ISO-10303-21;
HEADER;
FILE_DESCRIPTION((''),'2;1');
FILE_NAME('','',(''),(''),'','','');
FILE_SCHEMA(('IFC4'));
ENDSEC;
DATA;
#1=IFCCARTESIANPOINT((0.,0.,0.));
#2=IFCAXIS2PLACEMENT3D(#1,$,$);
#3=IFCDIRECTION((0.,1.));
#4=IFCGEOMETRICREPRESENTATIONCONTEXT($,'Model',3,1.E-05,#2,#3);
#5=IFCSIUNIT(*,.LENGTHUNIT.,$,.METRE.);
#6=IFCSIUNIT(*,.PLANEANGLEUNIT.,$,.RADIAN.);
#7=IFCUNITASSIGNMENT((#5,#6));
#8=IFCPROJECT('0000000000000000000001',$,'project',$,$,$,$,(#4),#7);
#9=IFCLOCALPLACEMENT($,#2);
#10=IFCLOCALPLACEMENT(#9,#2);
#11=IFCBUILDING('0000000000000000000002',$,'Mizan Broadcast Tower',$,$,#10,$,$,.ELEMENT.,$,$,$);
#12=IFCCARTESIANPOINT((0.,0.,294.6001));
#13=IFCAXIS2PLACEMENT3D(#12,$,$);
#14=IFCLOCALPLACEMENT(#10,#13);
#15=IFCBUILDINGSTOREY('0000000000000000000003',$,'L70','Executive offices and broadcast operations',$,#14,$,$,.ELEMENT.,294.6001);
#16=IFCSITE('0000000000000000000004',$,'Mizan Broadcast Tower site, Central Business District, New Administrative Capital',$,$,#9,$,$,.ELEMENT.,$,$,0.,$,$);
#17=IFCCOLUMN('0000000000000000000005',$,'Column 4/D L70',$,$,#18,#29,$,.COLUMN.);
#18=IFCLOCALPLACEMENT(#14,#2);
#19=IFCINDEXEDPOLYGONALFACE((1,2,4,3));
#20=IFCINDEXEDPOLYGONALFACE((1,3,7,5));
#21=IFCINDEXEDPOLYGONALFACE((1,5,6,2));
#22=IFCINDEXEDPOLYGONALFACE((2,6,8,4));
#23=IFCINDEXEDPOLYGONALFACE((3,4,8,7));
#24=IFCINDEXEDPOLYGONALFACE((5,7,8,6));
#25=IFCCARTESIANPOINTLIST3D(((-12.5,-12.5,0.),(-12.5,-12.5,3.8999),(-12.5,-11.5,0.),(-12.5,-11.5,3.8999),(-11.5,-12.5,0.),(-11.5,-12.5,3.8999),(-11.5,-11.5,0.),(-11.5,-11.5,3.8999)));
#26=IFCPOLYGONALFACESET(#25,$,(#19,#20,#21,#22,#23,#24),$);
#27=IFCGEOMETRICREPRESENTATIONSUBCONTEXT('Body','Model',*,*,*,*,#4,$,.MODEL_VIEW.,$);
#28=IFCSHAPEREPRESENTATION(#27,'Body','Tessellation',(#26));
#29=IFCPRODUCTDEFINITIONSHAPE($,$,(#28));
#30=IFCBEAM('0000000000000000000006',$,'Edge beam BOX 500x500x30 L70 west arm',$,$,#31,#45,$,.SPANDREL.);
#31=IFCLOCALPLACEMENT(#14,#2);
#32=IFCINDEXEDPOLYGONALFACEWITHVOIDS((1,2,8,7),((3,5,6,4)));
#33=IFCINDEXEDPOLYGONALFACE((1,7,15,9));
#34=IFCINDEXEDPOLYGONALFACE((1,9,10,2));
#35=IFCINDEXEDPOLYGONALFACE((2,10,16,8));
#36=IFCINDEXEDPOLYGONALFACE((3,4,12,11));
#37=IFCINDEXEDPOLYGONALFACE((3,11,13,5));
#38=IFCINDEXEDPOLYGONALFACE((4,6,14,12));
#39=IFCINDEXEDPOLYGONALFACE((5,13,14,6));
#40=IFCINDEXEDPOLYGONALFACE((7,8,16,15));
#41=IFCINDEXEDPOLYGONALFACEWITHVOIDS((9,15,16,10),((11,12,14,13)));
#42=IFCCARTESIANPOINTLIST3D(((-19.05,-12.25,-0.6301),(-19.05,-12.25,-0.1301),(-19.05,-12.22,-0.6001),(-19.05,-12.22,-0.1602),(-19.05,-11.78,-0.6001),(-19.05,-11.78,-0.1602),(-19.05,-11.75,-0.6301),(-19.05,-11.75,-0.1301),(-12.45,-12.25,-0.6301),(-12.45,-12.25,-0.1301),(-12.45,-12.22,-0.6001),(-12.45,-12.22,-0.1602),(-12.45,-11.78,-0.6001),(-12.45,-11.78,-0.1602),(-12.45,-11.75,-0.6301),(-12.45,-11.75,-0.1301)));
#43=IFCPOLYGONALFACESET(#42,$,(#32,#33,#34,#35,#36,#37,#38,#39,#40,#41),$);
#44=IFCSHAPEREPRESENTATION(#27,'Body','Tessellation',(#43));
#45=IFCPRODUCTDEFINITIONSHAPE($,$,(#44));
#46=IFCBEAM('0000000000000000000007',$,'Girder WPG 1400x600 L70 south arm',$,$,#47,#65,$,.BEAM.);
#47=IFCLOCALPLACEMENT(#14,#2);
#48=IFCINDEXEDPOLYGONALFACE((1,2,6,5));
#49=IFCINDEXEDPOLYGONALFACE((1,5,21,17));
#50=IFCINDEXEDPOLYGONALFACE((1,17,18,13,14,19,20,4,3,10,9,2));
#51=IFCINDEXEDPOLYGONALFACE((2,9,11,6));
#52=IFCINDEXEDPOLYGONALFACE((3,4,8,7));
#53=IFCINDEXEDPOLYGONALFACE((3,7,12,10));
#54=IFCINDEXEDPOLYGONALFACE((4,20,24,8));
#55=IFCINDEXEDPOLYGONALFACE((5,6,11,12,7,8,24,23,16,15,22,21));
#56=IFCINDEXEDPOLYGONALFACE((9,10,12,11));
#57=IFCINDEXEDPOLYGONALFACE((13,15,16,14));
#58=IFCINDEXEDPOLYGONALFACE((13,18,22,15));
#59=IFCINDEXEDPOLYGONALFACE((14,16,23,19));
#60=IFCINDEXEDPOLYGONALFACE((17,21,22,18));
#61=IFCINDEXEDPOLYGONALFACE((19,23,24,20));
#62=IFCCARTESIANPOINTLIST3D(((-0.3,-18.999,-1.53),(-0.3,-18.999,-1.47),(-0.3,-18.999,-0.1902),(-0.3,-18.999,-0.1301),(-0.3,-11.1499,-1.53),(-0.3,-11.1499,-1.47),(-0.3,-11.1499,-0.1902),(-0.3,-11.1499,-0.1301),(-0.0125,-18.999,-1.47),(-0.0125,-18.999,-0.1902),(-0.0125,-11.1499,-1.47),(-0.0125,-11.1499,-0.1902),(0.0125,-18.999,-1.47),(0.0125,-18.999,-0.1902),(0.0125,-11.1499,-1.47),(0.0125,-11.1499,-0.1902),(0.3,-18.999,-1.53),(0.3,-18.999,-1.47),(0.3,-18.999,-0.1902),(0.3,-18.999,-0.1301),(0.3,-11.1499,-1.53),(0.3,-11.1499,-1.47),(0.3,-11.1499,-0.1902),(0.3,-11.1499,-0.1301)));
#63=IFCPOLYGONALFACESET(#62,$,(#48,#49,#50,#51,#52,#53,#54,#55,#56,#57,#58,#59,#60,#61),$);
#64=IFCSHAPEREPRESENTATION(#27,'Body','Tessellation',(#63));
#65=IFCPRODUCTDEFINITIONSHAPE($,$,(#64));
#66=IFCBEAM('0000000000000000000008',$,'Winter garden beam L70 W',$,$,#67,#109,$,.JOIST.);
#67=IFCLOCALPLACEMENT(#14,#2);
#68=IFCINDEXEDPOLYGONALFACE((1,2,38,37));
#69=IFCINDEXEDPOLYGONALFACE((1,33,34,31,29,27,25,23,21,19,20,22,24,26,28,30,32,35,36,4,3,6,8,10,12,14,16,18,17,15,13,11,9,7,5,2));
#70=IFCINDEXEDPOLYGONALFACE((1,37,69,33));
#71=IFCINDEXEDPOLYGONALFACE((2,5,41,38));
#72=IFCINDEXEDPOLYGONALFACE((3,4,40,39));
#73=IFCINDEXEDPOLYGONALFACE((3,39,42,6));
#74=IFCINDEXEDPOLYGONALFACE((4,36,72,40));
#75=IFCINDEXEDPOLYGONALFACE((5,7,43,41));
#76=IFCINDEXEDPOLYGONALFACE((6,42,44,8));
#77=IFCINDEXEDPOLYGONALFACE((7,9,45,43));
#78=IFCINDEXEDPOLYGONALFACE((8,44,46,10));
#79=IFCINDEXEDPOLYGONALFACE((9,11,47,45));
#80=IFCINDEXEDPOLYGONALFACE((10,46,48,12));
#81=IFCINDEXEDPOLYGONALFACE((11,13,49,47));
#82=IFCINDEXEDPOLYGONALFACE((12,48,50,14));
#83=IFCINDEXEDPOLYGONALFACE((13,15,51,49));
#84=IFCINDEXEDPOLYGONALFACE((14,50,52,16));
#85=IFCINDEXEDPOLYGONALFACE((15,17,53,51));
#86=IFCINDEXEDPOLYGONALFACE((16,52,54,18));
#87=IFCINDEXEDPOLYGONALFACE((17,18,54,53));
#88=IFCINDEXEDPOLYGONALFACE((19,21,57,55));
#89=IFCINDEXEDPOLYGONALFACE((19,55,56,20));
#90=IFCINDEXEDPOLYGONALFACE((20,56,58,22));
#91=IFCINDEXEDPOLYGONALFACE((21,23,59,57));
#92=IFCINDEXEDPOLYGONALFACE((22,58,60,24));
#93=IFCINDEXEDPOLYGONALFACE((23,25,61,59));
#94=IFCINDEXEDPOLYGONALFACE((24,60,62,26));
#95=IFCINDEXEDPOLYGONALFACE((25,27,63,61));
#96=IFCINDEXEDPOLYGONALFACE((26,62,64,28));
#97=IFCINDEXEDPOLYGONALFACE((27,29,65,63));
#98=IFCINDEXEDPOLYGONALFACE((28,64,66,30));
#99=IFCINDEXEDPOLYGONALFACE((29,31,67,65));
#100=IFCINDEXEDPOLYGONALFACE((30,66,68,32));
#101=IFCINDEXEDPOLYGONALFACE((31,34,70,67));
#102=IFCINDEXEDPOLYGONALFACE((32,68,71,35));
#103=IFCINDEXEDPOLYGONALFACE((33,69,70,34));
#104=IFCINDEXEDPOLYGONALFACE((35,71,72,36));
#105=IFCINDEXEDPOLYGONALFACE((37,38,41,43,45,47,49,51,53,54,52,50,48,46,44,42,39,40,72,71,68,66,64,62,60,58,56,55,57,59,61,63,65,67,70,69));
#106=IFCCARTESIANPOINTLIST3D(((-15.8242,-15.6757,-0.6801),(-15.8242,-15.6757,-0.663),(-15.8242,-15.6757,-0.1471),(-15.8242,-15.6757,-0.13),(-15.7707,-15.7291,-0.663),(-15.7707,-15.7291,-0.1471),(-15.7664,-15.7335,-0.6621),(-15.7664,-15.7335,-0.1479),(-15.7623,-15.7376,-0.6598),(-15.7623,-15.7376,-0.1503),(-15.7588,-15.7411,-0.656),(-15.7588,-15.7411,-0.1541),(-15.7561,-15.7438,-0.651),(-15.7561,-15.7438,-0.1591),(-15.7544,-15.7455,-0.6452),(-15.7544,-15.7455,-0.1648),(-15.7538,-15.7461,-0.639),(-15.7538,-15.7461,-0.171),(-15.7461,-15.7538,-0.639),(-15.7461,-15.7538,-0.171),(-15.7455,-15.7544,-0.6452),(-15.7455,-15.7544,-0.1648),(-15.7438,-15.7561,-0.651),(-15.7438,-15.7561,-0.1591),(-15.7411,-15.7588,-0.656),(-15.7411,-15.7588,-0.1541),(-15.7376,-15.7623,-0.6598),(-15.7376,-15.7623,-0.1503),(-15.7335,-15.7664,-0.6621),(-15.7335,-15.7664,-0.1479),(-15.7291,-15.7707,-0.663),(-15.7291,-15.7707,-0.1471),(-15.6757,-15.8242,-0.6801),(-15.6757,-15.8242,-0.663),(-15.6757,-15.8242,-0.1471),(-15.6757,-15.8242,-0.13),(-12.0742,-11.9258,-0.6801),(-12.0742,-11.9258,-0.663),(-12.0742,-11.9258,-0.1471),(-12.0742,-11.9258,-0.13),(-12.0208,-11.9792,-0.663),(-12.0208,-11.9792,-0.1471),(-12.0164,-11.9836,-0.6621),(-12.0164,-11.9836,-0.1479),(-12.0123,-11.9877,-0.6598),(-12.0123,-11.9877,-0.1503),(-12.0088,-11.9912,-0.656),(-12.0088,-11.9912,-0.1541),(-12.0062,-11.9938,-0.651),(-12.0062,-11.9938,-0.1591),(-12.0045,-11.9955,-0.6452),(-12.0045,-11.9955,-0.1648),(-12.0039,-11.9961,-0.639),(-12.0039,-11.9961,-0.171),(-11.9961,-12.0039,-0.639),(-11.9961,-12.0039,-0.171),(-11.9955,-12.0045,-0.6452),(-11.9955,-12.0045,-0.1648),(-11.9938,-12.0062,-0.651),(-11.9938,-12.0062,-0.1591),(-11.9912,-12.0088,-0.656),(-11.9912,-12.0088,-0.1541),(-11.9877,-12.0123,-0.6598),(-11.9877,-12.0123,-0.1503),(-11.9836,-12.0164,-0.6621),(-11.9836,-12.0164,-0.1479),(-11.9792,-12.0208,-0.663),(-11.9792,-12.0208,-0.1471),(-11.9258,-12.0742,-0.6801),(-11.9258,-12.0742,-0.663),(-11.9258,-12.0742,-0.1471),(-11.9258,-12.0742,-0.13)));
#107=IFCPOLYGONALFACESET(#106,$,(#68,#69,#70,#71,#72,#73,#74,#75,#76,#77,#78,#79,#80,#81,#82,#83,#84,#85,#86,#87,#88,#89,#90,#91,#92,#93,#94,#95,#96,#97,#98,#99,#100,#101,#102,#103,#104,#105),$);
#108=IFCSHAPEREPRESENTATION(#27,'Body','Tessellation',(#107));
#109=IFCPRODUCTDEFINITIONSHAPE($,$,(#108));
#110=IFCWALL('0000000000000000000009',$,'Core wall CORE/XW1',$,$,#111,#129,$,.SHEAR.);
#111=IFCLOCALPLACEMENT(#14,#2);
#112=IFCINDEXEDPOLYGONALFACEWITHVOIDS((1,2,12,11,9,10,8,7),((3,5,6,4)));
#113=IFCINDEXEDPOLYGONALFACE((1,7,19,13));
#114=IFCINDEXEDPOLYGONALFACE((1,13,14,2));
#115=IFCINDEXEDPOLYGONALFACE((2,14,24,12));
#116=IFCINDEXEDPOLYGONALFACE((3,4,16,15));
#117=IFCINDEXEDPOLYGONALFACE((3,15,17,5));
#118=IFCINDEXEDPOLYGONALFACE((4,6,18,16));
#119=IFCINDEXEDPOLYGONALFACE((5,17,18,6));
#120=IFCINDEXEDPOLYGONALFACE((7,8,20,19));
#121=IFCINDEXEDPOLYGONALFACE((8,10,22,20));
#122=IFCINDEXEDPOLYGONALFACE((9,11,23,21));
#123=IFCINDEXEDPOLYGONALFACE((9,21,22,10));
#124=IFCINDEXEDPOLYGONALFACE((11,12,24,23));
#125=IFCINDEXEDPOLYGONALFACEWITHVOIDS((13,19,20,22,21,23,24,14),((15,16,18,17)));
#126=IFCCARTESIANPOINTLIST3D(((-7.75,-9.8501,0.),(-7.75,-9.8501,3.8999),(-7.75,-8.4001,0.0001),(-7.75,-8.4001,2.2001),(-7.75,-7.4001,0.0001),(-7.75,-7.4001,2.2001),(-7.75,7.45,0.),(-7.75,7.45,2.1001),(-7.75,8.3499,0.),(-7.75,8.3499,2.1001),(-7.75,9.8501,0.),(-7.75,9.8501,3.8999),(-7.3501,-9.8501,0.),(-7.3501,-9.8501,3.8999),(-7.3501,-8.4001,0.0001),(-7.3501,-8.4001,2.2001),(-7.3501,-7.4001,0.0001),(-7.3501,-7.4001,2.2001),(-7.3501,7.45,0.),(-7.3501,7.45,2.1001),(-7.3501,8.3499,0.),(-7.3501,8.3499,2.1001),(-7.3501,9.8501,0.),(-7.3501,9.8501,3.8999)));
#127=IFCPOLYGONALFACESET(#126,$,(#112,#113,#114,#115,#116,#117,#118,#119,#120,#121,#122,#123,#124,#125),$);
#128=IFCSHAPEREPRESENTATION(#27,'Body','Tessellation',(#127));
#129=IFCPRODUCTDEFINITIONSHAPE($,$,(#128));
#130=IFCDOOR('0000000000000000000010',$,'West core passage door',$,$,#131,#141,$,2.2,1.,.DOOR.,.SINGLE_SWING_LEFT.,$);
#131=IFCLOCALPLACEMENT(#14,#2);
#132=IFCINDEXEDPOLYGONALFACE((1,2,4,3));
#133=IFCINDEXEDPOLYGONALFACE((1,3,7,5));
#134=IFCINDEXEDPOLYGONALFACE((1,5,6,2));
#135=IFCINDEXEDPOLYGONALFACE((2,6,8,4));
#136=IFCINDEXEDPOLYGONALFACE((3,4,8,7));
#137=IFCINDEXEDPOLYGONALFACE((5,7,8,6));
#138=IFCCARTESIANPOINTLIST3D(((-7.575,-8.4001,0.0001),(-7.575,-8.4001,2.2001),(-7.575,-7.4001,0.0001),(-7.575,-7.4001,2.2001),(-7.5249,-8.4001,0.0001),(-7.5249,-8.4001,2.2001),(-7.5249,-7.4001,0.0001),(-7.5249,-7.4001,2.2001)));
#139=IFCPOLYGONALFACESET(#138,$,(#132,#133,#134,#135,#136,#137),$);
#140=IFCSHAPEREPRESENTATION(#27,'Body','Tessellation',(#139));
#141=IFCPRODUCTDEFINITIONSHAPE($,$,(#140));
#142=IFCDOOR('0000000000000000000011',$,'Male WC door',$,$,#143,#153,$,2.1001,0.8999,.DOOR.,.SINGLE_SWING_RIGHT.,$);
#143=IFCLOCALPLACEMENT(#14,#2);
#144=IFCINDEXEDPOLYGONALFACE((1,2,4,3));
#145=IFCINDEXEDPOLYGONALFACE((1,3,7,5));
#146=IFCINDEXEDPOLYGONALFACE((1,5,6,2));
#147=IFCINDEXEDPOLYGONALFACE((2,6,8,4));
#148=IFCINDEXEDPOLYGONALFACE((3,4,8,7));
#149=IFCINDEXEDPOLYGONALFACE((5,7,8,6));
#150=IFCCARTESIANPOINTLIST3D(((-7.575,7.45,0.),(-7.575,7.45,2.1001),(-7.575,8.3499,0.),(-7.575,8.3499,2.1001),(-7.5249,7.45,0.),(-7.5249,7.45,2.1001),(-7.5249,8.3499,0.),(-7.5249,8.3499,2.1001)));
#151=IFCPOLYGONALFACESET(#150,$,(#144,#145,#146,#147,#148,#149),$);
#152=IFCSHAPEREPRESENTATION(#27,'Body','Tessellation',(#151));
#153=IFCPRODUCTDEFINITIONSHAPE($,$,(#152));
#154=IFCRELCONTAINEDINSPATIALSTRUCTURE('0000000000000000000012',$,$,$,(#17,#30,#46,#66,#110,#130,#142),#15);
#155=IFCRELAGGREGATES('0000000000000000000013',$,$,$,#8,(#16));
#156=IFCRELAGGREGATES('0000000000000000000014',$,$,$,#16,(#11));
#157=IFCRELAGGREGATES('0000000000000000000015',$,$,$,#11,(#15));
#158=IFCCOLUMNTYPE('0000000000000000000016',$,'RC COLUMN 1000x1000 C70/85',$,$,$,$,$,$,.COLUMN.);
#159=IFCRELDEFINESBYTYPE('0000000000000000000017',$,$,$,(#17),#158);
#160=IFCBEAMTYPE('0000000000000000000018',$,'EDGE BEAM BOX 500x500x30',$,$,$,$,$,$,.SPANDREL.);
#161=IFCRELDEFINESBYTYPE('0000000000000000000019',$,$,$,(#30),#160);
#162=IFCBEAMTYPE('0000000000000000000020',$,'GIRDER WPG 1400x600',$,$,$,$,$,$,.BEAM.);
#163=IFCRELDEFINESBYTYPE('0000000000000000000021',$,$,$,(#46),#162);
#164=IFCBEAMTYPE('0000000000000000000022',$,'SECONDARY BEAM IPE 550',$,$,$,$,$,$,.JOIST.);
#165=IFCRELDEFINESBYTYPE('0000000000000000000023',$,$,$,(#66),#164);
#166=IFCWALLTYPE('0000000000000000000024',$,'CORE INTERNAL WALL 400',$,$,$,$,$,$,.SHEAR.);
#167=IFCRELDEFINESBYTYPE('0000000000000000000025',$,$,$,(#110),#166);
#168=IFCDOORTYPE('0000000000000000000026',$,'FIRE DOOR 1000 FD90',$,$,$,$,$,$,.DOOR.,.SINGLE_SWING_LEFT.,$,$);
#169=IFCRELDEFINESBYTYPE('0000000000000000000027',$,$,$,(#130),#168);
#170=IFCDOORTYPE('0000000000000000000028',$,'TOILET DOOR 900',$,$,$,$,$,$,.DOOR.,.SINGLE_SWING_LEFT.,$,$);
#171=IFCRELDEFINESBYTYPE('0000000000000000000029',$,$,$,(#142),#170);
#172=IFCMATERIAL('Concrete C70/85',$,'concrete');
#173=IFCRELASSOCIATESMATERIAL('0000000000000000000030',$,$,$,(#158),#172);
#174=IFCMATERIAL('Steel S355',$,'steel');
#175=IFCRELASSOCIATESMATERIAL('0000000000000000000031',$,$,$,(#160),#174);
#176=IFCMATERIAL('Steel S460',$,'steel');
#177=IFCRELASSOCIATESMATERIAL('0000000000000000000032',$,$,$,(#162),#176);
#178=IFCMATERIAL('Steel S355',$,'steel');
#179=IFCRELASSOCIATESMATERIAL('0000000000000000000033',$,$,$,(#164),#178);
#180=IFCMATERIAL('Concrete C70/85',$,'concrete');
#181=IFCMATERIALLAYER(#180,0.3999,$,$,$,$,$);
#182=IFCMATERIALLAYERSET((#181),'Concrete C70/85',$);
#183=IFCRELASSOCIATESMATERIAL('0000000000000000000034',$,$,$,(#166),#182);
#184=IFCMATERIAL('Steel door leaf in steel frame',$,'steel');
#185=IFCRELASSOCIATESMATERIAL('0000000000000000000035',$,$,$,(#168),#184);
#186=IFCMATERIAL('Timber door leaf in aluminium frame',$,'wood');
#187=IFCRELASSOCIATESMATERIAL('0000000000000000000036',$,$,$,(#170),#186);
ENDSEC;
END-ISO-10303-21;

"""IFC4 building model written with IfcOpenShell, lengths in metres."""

from ifc_helpers import new_model, si_unit, direction, frame, frame_2d, origin, origin_2d, place, context, subcontext, project, spatial, rectangle, hollow_rectangle, i_section, extrude, material, layer, layer_set, material_profile, profile_set, type_object, element, fill, save


model = new_model("IFC4")

# Units and contexts
model_context = context("Model", 3, precision=1e-05, world=origin(), true_north=direction((0.0, 1.0)))
body_context = subcontext(model_context, "Body", "Model", "MODEL_VIEW")
ifc_project = project(units=[si_unit("LENGTHUNIT", "METRE"), si_unit("PLANEANGLEUNIT", "RADIAN")], contexts=[model_context])

# Site, building, storey
site_placement = place(None, origin())
site = spatial("IfcSite", under=ifc_project, at=site_placement, Name="Mizan Broadcast Tower site, Central Business District, New Administrative Capital", CompositionType="ELEMENT", RefElevation=0.0)
building_placement = place(site_placement, origin())
building = spatial("IfcBuilding", under=site, at=building_placement, Name="Mizan Broadcast Tower", CompositionType="ELEMENT")
storey_placement = place(building_placement, frame((0.0, 0.0, 294.6001)))
storey = spatial("IfcBuildingStorey", under=building, at=storey_placement, Name="L70", Description="Executive offices and broadcast operations", CompositionType="ELEMENT", Elevation=294.6001)

# Column
ifc_material_1 = material(Name="Concrete C70/85", Category="concrete")
ifc_material_profile_1 = material_profile(ifc_material_1, rectangle(XDim=1.0, YDim=1.0, at=origin_2d()), Name="RC 1000x1000")
ifc_profile_set_1 = profile_set([ifc_material_profile_1], Name="Concrete C70/85")
column_type = type_object("IfcColumnType", Name="RC COLUMN 1000x1000 C70/85", PredefinedType="COLUMN", material=ifc_profile_set_1)
column_placement = place(storey_placement, frame((-12.0, -12.0, 0.0), z_axis=(0.0, 0.0, 1.0), x_axis=(1.0, 0.0, 0.0)))
element("IfcColumn", 1, at=column_placement, inside=storey, type_object=column_type, Name="Column 4/D L70", PredefinedType="COLUMN", context=body_context, shape_type="SweptSolid", body=[
    extrude(rectangle(XDim=1.0, YDim=1.0, at=origin_2d()), origin(), (0.0, 0.0, 1.0), 3.8999),
])

# Beams
ifc_material_2 = material(Name="Steel S355", Category="steel")
ifc_material_profile_2 = material_profile(ifc_material_2, hollow_rectangle(XDim=0.5, YDim=0.5, WallThickness=0.03, at=origin_2d()), Name="BOX 500x500x30")
ifc_profile_set_2 = profile_set([ifc_material_profile_2], Name="Steel S355")
beam_type_1 = type_object("IfcBeamType", Name="EDGE BEAM BOX 500x500x30", PredefinedType="SPANDREL", material=ifc_profile_set_2)
beam_1_placement = place(storey_placement, frame((-12.45, -12.0, -0.3801), z_axis=(-1.0, 0.0, 0.0), x_axis=(0.0, -1.0, 0.0)))
element("IfcBeam", 2, at=beam_1_placement, inside=storey, type_object=beam_type_1, Name="Edge beam BOX 500x500x30 L70 west arm", PredefinedType="SPANDREL", context=body_context, shape_type="SweptSolid", body=[
    extrude(hollow_rectangle(XDim=0.5, YDim=0.5, WallThickness=0.03, at=origin_2d()), origin(), (0.0, 0.0, 1.0), 6.6001),
])
ifc_material_3 = material(Name="Steel S460", Category="steel")
ifc_material_profile_3 = material_profile(ifc_material_3, i_section(OverallWidth=0.6001, OverallDepth=1.3999, WebThickness=0.0249, FlangeThickness=0.0601, at=origin_2d()), Name="WPG 1400x600")
ifc_profile_set_3 = profile_set([ifc_material_profile_3], Name="Steel S460")
beam_type_2 = type_object("IfcBeamType", Name="GIRDER WPG 1400x600", PredefinedType="BEAM", material=ifc_profile_set_3)
beam_2_placement = place(storey_placement, frame((0.0, -11.1499, -0.8301), z_axis=(0.0, -1.0, 0.0), x_axis=(1.0, 0.0, 0.0)))
element("IfcBeam", 3, at=beam_2_placement, inside=storey, type_object=beam_type_2, Name="Girder WPG 1400x600 L70 south arm", PredefinedType="BEAM", context=body_context, shape_type="SweptSolid", body=[
    extrude(i_section(OverallWidth=0.6001, OverallDepth=1.3999, WebThickness=0.0249, FlangeThickness=0.0601, at=origin_2d()), origin(), (0.0, 0.0, 1.0), 7.8491),
])
ifc_material_4 = material(Name="Steel S355", Category="steel")
ifc_material_profile_4 = material_profile(ifc_material_4, i_section(OverallWidth=0.21, OverallDepth=0.55, WebThickness=0.011, FlangeThickness=0.0171, FilletRadius=0.0239, at=origin_2d()), Name="IPE 550")
ifc_profile_set_4 = profile_set([ifc_material_profile_4], Name="Steel S355")
beam_type_3 = type_object("IfcBeamType", Name="SECONDARY BEAM IPE 550", PredefinedType="JOIST", material=ifc_profile_set_4)
beam_3_placement = place(storey_placement, frame((-12.0, -12.0, -0.405), z_axis=(-0.707107, -0.707107, 0.0), x_axis=(0.707107, -0.707107, 0.0)))
element("IfcBeam", 4, at=beam_3_placement, inside=storey, type_object=beam_type_3, Name="Winter garden beam L70 W", PredefinedType="JOIST", context=body_context, shape_type="SweptSolid", body=[
    extrude(i_section(OverallWidth=0.21, OverallDepth=0.55, WebThickness=0.011, FlangeThickness=0.0171, FilletRadius=0.0239, at=origin_2d()), origin(), (0.0, 0.0, 1.0), 5.3032),
])

# Wall, openings, doors
ifc_material_5 = material(Name="Concrete C70/85", Category="concrete")
ifc_layer_1 = layer(ifc_material_5, 0.3999)
ifc_layer_set_1 = layer_set([ifc_layer_1], Name="Concrete C70/85")
wall_type_1 = type_object("IfcWallType", Name="CORE INTERNAL WALL 400", PredefinedType="SHEAR", material=ifc_layer_set_1)
wall_1_placement = place(storey_placement, frame((-7.55, -9.8501, 0.0), z_axis=(0.0, 0.0, 1.0), x_axis=(0.0, 1.0, 0.0)))
wall_1 = element("IfcWall", 5, at=wall_1_placement, inside=storey, type_object=wall_type_1, Name="Core wall CORE/XW1", PredefinedType="SHEAR", context=body_context, shape_type="SweptSolid", body=[
    extrude(rectangle(XDim=19.7002, YDim=0.3999, at=frame_2d((9.8501, 0.0))), origin(), (0.0, 0.0, 1.0), 3.8999),
])
opening_1_placement = place(wall_1_placement, frame((1.45, 0.0, 0.0)))
opening_1 = element("IfcOpeningElement", 6, at=opening_1_placement, cuts=wall_1, PredefinedType="OPENING", context=body_context, shape_type="SweptSolid", body=[
    extrude(rectangle(XDim=1.0, YDim=2.2, at=frame_2d((0.5, 1.1001))), frame((0.0, 0.21, 0.0), z_axis=(0.0, -1.0, 0.0), x_axis=(1.0, 0.0, 0.0)), (0.0, 0.0, 1.0), 0.4199),
])
opening_2_placement = place(wall_1_placement, frame((17.3, 0.0, 0.0)))
opening_2 = element("IfcOpeningElement", 7, at=opening_2_placement, cuts=wall_1, PredefinedType="OPENING", context=body_context, shape_type="SweptSolid", body=[
    extrude(rectangle(XDim=0.8999, YDim=2.1001, at=frame_2d((0.45, 1.05))), frame((0.0, 0.21, 0.0), z_axis=(0.0, -1.0, 0.0), x_axis=(1.0, 0.0, 0.0)), (0.0, 0.0, 1.0), 0.4199),
])
ifc_material_6 = material(Name="Steel door leaf in steel frame", Category="steel")
door_type_1 = type_object("IfcDoorType", Name="FIRE DOOR 1000 FD90", OperationType="SINGLE_SWING_LEFT", PredefinedType="DOOR", material=ifc_material_6)
door_1_placement = place(opening_1_placement, origin())
door_1 = element("IfcDoor", 8, at=door_1_placement, inside=storey, type_object=door_type_1, Name="West core passage door", OperationType="SINGLE_SWING_LEFT", OverallHeight=2.2, OverallWidth=1.0, PredefinedType="DOOR", context=body_context, shape_type="SweptSolid", body=[
    extrude(rectangle(XDim=1.0, YDim=2.2, at=frame_2d((0.5, 1.1001))), frame((0.0, 0.0249, 0.0), z_axis=(0.0, -1.0, 0.0), x_axis=(1.0, 0.0, 0.0)), (0.0, 0.0, 1.0), 0.05),
])
fill(opening_1, door_1)
ifc_material_7 = material(Name="Timber door leaf in aluminium frame", Category="wood")
door_type_2 = type_object("IfcDoorType", Name="TOILET DOOR 900", OperationType="SINGLE_SWING_LEFT", PredefinedType="DOOR", material=ifc_material_7)
door_2_placement = place(opening_2_placement, origin())
door_2 = element("IfcDoor", 9, at=door_2_placement, inside=storey, type_object=door_type_2, Name="Male WC door", OperationType="SINGLE_SWING_RIGHT", OverallHeight=2.1001, OverallWidth=0.8999, PredefinedType="DOOR", context=body_context, shape_type="SweptSolid", body=[
    extrude(rectangle(XDim=0.8999, YDim=2.1001, at=frame_2d((0.45, 1.05))), frame((0.0, 0.0249, 0.0), z_axis=(0.0, -1.0, 0.0), x_axis=(1.0, 0.0, 0.0)), (0.0, 0.0, 1.0), 0.05),
])
fill(opening_2, door_2)

save(model, "model.ifc")
